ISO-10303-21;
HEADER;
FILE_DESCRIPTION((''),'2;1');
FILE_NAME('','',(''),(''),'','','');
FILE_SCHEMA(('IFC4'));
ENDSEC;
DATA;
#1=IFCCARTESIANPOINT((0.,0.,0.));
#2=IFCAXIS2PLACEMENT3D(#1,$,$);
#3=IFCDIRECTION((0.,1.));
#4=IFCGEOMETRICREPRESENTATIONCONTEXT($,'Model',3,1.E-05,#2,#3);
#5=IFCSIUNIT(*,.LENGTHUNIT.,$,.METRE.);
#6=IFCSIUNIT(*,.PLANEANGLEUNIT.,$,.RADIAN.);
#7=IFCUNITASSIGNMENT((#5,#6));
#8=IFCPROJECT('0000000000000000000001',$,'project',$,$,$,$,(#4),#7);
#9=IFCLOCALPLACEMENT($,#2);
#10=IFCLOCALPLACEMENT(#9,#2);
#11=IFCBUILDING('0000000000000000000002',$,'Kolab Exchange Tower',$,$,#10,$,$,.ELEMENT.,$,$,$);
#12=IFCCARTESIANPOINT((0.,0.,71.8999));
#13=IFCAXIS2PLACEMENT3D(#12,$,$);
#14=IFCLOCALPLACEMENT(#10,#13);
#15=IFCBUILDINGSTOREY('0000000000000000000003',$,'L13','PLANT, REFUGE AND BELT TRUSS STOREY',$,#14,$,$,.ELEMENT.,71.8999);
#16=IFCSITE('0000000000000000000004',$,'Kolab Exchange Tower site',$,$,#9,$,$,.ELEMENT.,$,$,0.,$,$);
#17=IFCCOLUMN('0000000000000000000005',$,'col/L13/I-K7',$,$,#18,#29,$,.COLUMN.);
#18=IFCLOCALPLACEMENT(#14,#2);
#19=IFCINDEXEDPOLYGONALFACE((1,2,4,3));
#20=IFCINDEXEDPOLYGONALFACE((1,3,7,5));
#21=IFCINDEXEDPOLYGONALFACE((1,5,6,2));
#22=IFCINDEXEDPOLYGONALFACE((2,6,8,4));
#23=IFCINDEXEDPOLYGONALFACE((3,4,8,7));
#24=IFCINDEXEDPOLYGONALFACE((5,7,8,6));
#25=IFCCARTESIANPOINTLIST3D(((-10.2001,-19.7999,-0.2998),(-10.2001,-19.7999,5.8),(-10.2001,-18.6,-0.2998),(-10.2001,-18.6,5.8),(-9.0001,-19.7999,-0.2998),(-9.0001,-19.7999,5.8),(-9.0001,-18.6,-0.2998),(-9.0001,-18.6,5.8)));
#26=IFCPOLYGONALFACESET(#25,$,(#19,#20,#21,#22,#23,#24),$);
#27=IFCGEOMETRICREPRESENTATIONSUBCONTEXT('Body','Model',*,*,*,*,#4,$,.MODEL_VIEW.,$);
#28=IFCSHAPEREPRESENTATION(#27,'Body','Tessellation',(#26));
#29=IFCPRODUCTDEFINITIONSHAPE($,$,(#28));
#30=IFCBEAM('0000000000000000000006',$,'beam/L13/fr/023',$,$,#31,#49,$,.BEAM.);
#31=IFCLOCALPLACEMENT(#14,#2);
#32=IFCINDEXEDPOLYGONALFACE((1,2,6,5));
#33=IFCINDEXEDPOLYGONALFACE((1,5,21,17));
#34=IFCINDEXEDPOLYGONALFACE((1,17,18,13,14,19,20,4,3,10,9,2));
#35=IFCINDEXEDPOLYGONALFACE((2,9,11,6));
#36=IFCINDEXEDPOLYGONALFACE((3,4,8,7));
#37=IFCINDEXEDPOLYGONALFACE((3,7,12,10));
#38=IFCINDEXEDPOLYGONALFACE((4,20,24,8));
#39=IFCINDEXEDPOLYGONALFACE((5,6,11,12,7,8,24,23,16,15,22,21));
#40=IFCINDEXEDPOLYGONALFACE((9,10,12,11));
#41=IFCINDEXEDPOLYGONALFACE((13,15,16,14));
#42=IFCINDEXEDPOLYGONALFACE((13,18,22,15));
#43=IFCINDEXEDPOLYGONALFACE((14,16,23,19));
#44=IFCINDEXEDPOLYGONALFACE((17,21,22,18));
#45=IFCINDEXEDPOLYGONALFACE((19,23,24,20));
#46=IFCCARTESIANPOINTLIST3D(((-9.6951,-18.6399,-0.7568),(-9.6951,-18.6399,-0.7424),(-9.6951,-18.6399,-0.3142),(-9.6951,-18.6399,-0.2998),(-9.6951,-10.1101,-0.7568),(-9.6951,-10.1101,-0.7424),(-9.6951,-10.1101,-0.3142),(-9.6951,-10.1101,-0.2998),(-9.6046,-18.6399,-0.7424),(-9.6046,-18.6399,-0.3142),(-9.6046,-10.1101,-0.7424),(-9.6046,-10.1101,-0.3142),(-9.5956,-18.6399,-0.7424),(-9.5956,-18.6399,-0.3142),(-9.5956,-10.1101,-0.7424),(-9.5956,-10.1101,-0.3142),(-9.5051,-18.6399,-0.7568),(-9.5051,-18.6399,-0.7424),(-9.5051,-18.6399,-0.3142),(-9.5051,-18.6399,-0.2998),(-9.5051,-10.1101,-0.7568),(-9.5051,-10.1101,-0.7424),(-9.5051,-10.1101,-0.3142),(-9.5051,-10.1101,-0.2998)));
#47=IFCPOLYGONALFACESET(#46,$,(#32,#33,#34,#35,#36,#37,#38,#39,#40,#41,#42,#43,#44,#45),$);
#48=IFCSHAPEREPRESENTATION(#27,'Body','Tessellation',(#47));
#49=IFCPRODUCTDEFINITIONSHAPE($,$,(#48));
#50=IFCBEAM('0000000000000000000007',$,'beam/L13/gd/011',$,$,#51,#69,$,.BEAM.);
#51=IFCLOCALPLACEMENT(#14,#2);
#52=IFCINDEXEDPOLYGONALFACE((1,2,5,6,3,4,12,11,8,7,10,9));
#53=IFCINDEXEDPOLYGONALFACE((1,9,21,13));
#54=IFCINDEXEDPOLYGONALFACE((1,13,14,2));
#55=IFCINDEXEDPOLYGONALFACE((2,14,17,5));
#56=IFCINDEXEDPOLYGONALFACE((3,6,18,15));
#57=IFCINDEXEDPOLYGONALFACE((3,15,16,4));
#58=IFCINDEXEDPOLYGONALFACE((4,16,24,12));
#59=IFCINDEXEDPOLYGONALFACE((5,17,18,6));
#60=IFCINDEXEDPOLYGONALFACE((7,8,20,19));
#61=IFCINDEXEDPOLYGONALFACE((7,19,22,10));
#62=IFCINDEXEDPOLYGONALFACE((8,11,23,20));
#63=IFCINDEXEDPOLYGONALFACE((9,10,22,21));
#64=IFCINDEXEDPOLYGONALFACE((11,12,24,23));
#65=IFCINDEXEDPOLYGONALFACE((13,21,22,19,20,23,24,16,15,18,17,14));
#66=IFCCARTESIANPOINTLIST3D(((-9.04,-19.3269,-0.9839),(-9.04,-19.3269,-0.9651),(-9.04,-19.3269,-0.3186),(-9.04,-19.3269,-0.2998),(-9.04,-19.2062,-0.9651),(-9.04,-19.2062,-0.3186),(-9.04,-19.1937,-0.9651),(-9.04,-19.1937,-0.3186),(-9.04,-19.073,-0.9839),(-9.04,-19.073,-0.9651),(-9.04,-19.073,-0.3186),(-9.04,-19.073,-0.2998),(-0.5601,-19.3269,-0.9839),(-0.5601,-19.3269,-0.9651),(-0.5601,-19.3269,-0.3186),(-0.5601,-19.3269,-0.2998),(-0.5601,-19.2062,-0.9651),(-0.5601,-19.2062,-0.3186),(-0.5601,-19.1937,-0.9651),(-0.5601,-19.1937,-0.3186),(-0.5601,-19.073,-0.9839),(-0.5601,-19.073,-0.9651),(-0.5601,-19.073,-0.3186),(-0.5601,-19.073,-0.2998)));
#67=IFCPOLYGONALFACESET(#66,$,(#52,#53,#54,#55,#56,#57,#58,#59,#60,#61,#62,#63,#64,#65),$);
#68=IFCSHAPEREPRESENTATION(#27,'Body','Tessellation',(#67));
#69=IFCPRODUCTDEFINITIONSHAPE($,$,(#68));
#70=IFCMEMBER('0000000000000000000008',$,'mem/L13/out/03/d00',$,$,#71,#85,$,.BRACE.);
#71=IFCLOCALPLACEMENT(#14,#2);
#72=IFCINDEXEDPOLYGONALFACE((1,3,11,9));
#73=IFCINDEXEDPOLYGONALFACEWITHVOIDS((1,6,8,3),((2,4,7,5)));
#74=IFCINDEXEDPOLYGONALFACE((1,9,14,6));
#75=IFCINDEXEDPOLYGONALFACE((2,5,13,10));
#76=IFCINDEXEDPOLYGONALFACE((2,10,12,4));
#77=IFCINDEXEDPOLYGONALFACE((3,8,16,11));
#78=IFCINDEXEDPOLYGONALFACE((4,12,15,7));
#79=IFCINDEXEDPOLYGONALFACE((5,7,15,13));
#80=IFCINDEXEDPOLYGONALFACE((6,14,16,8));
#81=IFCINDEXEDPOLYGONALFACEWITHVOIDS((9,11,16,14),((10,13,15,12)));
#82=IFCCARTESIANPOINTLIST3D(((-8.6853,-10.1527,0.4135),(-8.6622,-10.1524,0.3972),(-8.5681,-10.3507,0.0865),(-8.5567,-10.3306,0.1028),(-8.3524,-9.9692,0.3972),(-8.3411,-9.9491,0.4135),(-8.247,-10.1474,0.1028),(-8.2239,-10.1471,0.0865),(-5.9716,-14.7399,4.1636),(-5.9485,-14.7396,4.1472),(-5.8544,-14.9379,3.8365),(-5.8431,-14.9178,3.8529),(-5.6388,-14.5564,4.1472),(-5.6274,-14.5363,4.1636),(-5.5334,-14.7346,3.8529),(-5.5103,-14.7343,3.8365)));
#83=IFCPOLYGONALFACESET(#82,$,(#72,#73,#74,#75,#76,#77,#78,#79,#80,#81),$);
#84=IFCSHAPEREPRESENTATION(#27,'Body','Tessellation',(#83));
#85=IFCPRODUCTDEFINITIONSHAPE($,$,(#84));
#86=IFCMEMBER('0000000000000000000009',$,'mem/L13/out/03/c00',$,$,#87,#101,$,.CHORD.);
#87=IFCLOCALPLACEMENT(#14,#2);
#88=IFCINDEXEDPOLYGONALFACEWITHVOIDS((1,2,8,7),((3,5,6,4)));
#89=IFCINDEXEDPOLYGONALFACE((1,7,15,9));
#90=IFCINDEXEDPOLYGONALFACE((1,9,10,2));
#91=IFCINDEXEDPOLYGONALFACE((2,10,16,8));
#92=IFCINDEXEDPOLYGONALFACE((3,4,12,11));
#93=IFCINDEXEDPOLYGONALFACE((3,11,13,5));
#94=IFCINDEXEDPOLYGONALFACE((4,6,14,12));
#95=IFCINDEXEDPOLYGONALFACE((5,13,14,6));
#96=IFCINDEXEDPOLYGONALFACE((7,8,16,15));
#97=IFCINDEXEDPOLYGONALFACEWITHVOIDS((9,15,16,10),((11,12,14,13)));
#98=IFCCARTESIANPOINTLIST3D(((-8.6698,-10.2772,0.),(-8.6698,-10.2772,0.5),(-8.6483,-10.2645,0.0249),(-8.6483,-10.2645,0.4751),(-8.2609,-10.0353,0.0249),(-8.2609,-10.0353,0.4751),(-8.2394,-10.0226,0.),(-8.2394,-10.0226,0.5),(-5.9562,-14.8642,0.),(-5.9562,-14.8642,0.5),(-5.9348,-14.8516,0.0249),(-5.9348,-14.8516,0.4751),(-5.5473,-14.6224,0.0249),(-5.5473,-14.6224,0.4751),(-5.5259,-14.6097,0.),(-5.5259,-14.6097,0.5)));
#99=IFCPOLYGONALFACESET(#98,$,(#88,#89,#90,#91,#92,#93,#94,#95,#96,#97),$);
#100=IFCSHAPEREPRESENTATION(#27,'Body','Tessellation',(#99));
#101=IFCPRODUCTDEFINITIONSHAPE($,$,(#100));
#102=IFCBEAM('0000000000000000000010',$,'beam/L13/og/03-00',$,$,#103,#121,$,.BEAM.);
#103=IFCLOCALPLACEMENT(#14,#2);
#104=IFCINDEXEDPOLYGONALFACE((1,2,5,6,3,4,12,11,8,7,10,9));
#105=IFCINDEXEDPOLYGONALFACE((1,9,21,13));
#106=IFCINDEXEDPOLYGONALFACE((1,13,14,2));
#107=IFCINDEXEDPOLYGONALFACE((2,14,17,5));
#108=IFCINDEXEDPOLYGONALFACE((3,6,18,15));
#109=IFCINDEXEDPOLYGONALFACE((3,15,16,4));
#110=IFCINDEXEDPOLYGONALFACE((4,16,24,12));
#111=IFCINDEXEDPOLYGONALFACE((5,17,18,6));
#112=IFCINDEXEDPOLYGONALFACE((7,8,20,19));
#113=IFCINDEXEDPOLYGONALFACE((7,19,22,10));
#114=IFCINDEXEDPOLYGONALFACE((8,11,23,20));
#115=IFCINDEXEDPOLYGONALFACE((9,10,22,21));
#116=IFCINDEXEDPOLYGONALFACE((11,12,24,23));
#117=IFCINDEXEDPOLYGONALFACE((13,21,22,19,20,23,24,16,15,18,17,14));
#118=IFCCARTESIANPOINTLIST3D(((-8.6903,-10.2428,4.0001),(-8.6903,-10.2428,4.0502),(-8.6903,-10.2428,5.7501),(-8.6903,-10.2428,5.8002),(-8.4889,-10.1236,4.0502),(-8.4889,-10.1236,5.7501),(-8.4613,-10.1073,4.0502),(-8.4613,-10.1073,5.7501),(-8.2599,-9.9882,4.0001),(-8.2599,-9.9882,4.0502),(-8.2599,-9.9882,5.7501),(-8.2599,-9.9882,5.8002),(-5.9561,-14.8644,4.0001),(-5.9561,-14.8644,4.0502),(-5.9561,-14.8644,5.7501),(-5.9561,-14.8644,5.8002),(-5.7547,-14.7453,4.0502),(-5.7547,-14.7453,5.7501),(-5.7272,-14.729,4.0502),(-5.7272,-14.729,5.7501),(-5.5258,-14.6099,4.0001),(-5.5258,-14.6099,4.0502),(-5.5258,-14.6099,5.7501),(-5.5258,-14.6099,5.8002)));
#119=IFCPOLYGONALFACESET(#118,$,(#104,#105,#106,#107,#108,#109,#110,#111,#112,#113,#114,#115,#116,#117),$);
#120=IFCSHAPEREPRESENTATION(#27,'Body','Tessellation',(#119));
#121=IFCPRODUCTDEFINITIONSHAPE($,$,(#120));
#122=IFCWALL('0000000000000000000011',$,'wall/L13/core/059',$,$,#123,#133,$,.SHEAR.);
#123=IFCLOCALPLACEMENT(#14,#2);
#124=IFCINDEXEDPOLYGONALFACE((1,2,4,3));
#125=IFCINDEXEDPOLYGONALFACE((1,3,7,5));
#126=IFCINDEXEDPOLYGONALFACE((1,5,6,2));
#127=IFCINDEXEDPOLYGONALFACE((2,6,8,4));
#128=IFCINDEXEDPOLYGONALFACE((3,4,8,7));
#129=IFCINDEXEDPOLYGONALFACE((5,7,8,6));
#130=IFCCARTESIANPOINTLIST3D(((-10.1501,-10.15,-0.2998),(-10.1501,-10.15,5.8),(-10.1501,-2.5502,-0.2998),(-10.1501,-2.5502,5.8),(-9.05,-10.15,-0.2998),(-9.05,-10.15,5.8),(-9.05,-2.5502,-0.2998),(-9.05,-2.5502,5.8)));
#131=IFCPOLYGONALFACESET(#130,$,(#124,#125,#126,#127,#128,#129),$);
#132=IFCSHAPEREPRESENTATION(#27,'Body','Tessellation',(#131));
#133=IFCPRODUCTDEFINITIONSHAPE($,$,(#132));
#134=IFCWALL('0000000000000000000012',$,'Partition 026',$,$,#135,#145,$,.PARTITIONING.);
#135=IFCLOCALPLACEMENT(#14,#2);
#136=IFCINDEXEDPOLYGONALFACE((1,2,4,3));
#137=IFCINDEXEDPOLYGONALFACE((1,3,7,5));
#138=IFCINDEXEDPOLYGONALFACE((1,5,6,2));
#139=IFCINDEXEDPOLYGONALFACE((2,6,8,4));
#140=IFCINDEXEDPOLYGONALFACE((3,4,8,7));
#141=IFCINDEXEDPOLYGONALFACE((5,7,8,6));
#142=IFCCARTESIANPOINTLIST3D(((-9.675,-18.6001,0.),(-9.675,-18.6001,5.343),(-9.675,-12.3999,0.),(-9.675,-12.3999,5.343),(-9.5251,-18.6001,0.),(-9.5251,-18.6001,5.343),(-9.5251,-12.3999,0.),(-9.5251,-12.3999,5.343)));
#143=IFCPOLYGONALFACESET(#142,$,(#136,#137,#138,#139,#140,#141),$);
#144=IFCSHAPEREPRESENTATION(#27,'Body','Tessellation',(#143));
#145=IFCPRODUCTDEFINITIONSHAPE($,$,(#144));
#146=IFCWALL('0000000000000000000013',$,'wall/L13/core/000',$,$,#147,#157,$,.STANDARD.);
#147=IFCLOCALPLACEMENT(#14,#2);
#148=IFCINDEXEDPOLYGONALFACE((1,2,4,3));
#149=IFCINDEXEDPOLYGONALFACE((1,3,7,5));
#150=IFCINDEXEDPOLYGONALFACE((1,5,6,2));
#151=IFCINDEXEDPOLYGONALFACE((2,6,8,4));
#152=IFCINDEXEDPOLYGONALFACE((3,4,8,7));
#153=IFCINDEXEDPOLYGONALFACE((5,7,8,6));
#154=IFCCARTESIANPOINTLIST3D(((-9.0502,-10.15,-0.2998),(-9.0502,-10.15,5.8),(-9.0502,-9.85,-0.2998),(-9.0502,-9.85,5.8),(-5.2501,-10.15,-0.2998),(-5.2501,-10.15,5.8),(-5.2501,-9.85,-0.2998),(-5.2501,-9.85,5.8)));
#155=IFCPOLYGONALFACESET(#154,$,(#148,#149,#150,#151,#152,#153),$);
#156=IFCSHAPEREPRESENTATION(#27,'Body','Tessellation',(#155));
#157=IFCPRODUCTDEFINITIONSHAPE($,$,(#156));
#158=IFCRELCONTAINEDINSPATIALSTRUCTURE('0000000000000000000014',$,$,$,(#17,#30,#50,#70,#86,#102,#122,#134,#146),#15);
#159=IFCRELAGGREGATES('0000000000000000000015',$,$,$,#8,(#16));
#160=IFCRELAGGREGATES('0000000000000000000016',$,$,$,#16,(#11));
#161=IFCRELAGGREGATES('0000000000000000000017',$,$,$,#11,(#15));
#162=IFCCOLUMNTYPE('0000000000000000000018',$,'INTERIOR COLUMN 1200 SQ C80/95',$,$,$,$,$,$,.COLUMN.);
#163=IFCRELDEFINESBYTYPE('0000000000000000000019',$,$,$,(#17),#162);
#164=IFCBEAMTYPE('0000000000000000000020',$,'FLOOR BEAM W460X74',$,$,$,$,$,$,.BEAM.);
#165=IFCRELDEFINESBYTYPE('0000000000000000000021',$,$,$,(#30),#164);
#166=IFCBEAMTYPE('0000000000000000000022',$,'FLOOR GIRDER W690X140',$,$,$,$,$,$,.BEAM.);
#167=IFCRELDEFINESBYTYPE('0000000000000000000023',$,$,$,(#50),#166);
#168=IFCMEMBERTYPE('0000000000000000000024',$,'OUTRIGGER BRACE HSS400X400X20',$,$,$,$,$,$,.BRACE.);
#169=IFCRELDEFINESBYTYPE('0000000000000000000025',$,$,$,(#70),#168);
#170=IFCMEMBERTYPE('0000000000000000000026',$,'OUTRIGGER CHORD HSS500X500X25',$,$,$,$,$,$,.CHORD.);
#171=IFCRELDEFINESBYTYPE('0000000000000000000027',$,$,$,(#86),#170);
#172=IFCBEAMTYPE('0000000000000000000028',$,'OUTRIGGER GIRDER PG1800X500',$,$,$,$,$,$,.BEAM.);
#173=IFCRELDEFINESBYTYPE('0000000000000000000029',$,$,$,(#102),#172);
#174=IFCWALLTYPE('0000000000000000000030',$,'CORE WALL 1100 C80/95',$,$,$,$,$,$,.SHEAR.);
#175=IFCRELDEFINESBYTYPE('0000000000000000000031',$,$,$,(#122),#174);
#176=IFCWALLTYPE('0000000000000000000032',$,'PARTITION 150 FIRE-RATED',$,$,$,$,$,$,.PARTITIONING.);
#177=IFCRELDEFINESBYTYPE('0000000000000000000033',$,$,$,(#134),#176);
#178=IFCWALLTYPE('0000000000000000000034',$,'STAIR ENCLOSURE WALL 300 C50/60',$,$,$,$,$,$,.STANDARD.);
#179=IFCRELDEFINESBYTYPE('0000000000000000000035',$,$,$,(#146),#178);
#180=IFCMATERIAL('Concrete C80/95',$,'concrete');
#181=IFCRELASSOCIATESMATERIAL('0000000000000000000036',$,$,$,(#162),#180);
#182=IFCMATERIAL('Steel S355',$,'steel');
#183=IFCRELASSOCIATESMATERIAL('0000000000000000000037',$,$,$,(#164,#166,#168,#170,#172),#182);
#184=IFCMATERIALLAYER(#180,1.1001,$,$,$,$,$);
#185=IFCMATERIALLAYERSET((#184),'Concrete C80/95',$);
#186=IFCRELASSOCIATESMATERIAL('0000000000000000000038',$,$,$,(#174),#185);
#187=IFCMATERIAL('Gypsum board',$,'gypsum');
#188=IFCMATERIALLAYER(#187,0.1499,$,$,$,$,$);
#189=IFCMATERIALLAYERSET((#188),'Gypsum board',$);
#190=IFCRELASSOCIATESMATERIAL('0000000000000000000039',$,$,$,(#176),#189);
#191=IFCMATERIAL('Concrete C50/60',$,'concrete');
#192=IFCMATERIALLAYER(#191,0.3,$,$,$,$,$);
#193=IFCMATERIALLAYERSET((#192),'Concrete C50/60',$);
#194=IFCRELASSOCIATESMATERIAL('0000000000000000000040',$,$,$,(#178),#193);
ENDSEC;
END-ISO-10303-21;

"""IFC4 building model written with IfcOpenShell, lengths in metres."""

from ifc_helpers import new_model, si_unit, direction, frame, frame_2d, origin, origin_2d, place, context, subcontext, project, spatial, rectangle, hollow_rectangle, i_section, extrude, material, layer, layer_set, material_profile, profile_set, type_object, element, save


model = new_model("IFC4")

# Units and contexts
model_context = context("Model", 3, precision=1e-05, world=origin(), true_north=direction((0.0, 1.0)))
body_context = subcontext(model_context, "Body", "Model", "MODEL_VIEW")
ifc_project = project(units=[si_unit("LENGTHUNIT", "METRE"), si_unit("PLANEANGLEUNIT", "RADIAN")], contexts=[model_context])

# Site, building, storey
site_placement = place(None, origin())
site = spatial("IfcSite", under=ifc_project, at=site_placement, Name="Kolab Exchange Tower site", CompositionType="ELEMENT", RefElevation=0.0)
building_placement = place(site_placement, origin())
building = spatial("IfcBuilding", under=site, at=building_placement, Name="Kolab Exchange Tower", CompositionType="ELEMENT")
storey_placement = place(building_placement, frame((0.0, 0.0, 71.8999)))
storey = spatial("IfcBuildingStorey", under=building, at=storey_placement, Name="L13", Description="PLANT, REFUGE AND BELT TRUSS STOREY", CompositionType="ELEMENT", Elevation=71.8999)

# Column
ifc_material_1 = material(Name="Concrete C80/95", Category="concrete")
ifc_material_profile_1 = material_profile(ifc_material_1, rectangle(XDim=1.2, YDim=1.2, at=origin_2d()), Name="RC1200")
ifc_profile_set_1 = profile_set([ifc_material_profile_1], Name="Concrete C80/95")
column_type = type_object("IfcColumnType", Name="INTERIOR COLUMN 1200 SQ C80/95", PredefinedType="COLUMN", material=ifc_profile_set_1)
column_placement = place(storey_placement, frame((-9.6001, -19.2, -0.2998), z_axis=(0.0, 0.0, 1.0), x_axis=(1.0, 0.0, 0.0)))
element("IfcColumn", 1, at=column_placement, inside=storey, type_object=column_type, Name="col/L13/I-K7", PredefinedType="COLUMN", context=body_context, shape_type="SweptSolid", body=[
    extrude(rectangle(XDim=1.2, YDim=1.2, at=origin_2d()), origin(), (0.0, 0.0, 1.0), 6.0999),
])

# Beams
ifc_material_2 = material(Name="Steel S355", Category="steel")
ifc_material_profile_2 = material_profile(ifc_material_2, i_section(OverallWidth=0.1899, OverallDepth=0.457, WebThickness=0.009, FlangeThickness=0.0144, at=origin_2d()), Name="W460X74")
ifc_profile_set_2 = profile_set([ifc_material_profile_2], Name="Steel S355")
beam_type_1 = type_object("IfcBeamType", Name="FLOOR BEAM W460X74", PredefinedType="BEAM", material=ifc_profile_set_2)
beam_1_placement = place(storey_placement, frame((-9.6001, -18.6399, -0.5283), z_axis=(0.0, 1.0, 0.0), x_axis=(-1.0, 0.0, 0.0)))
element("IfcBeam", 2, at=beam_1_placement, inside=storey, type_object=beam_type_1, Name="beam/L13/fr/023", PredefinedType="BEAM", context=body_context, shape_type="SweptSolid", body=[
    extrude(i_section(OverallWidth=0.1899, OverallDepth=0.457, WebThickness=0.009, FlangeThickness=0.0144, at=origin_2d()), origin(), (0.0, 0.0, 1.0), 8.5298),
])
ifc_material_profile_3 = material_profile(ifc_material_2, i_section(OverallWidth=0.2539, OverallDepth=0.6841, WebThickness=0.0125, FlangeThickness=0.0188, at=origin_2d()), Name="W690X140")
ifc_profile_set_3 = profile_set([ifc_material_profile_3], Name="Steel S355")
beam_type_2 = type_object("IfcBeamType", Name="FLOOR GIRDER W690X140", PredefinedType="BEAM", material=ifc_profile_set_3)
beam_2_placement = place(storey_placement, frame((-9.04, -19.2, -0.6418), z_axis=(1.0, 0.0, 0.0), x_axis=(0.0, 1.0, 0.0)))
element("IfcBeam", 3, at=beam_2_placement, inside=storey, type_object=beam_type_2, Name="beam/L13/gd/011", PredefinedType="BEAM", context=body_context, shape_type="SweptSolid", body=[
    extrude(i_section(OverallWidth=0.2539, OverallDepth=0.6841, WebThickness=0.0125, FlangeThickness=0.0188, at=origin_2d()), origin(), (0.0, 0.0, 1.0), 8.48),
])

# Members
ifc_material_profile_4 = material_profile(ifc_material_2, hollow_rectangle(XDim=0.3999, YDim=0.3999, WallThickness=0.02, at=origin_2d()), Name="HSS400X400X20")
ifc_profile_set_4 = profile_set([ifc_material_profile_4], Name="Steel S355")
member_type_1 = type_object("IfcMemberType", Name="OUTRIGGER BRACE HSS400X400X20", PredefinedType="BRACE", material=ifc_profile_set_4)
member_1_placement = place(storey_placement, frame((-8.4546, -10.1499, 0.25), z_axis=(0.416406, -0.703901, 0.575439), x_axis=(0.860677, 0.509151, 0.0)))
element("IfcMember", 4, at=member_1_placement, inside=storey, type_object=member_type_1, Name="mem/L13/out/03/d00", PredefinedType="BRACE", context=body_context, shape_type="SweptSolid", body=[
    extrude(hollow_rectangle(XDim=0.3999, YDim=0.3999, WallThickness=0.02, at=origin_2d()), origin(), (0.0, 0.0, 1.0), 6.5168),
])
ifc_material_profile_5 = material_profile(ifc_material_2, hollow_rectangle(XDim=0.5, YDim=0.5, WallThickness=0.0249, at=origin_2d()), Name="HSS500X500X25")
ifc_profile_set_5 = profile_set([ifc_material_profile_5], Name="Steel S355")
member_type_2 = type_object("IfcMemberType", Name="OUTRIGGER CHORD HSS500X500X25", PredefinedType="CHORD", material=ifc_profile_set_5)
member_2_placement = place(storey_placement, frame((-8.4546, -10.1499, 0.25), z_axis=(0.509151, -0.860677, 0.0), x_axis=(0.860677, 0.509151, 0.0)))
element("IfcMember", 5, at=member_2_placement, inside=storey, type_object=member_type_2, Name="mem/L13/out/03/c00", PredefinedType="CHORD", context=body_context, shape_type="SweptSolid", body=[
    extrude(hollow_rectangle(XDim=0.5, YDim=0.5, WallThickness=0.0249, at=origin_2d()), origin(), (0.0, 0.0, 1.0), 5.3296),
])

# Beam
ifc_material_profile_6 = material_profile(ifc_material_2, i_section(OverallWidth=0.5, OverallDepth=1.8, WebThickness=0.032, FlangeThickness=0.05, at=origin_2d()), Name="PG1800X500")
ifc_profile_set_6 = profile_set([ifc_material_profile_6], Name="Steel S355")
beam_type_3 = type_object("IfcBeamType", Name="OUTRIGGER GIRDER PG1800X500", PredefinedType="BEAM", material=ifc_profile_set_6)
beam_3_placement = place(storey_placement, frame((-8.4751, -10.1155, 4.9001), z_axis=(0.50917, -0.860666, 0.0), x_axis=(0.860666, 0.50917, 0.0)))
element("IfcBeam", 6, at=beam_3_placement, inside=storey, type_object=beam_type_3, Name="beam/L13/og/03-00", PredefinedType="BEAM", context=body_context, shape_type="SweptSolid", body=[
    extrude(i_section(OverallWidth=0.5, OverallDepth=1.8, WebThickness=0.032, FlangeThickness=0.05, at=origin_2d()), origin(), (0.0, 0.0, 1.0), 5.3699),
])

# Walls
ifc_layer_1 = layer(ifc_material_1, 1.1001)
ifc_layer_set_1 = layer_set([ifc_layer_1], Name="Concrete C80/95")
wall_type_1 = type_object("IfcWallType", Name="CORE WALL 1100 C80/95", PredefinedType="SHEAR", material=ifc_layer_set_1)
wall_1_placement = place(storey_placement, frame((-9.6001, -10.1499, -0.2998), z_axis=(0.0, 0.0, 1.0), x_axis=(0.0, 1.0, 0.0)))
element("IfcWall", 7, at=wall_1_placement, inside=storey, type_object=wall_type_1, Name="wall/L13/core/059", PredefinedType="SHEAR", context=body_context, shape_type="SweptSolid", body=[
    extrude(rectangle(XDim=7.5999, YDim=1.1001, at=frame_2d((3.7998, 0.0))), origin(), (0.0, 0.0, 1.0), 6.0999),
])
ifc_material_3 = material(Name="Gypsum board", Category="gypsum")
ifc_layer_2 = layer(ifc_material_3, 0.1499)
ifc_layer_set_2 = layer_set([ifc_layer_2], Name="Gypsum board")
wall_type_2 = type_object("IfcWallType", Name="PARTITION 150 FIRE-RATED", PredefinedType="PARTITIONING", material=ifc_layer_set_2)
wall_2_placement = place(storey_placement, frame((-9.6001, -18.6001, 0.0), z_axis=(0.0, 0.0, 1.0), x_axis=(0.0, 1.0, 0.0)))
element("IfcWall", 8, at=wall_2_placement, inside=storey, type_object=wall_type_2, Name="Partition 026", PredefinedType="PARTITIONING", context=body_context, shape_type="SweptSolid", body=[
    extrude(rectangle(XDim=6.2002, YDim=0.1499, at=frame_2d((3.1001, 0.0))), origin(), (0.0, 0.0, 1.0), 5.343),
])
ifc_material_4 = material(Name="Concrete C50/60", Category="concrete")
ifc_layer_3 = layer(ifc_material_4, 0.3)
ifc_layer_set_3 = layer_set([ifc_layer_3], Name="Concrete C50/60")
wall_type_3 = type_object("IfcWallType", Name="STAIR ENCLOSURE WALL 300 C50/60", PredefinedType="STANDARD", material=ifc_layer_set_3)
wall_3_placement = place(storey_placement, frame((-9.05, -10.0, -0.2998), z_axis=(0.0, 0.0, 1.0), x_axis=(1.0, 0.0, 0.0)))
element("IfcWall", 9, at=wall_3_placement, inside=storey, type_object=wall_type_3, Name="wall/L13/core/000", PredefinedType="STANDARD", context=body_context, shape_type="SweptSolid", body=[
    extrude(rectangle(XDim=3.8, YDim=0.3, at=frame_2d((1.8999, 0.0))), origin(), (0.0, 0.0, 1.0), 6.0999),
])

save(model, "model.ifc")
